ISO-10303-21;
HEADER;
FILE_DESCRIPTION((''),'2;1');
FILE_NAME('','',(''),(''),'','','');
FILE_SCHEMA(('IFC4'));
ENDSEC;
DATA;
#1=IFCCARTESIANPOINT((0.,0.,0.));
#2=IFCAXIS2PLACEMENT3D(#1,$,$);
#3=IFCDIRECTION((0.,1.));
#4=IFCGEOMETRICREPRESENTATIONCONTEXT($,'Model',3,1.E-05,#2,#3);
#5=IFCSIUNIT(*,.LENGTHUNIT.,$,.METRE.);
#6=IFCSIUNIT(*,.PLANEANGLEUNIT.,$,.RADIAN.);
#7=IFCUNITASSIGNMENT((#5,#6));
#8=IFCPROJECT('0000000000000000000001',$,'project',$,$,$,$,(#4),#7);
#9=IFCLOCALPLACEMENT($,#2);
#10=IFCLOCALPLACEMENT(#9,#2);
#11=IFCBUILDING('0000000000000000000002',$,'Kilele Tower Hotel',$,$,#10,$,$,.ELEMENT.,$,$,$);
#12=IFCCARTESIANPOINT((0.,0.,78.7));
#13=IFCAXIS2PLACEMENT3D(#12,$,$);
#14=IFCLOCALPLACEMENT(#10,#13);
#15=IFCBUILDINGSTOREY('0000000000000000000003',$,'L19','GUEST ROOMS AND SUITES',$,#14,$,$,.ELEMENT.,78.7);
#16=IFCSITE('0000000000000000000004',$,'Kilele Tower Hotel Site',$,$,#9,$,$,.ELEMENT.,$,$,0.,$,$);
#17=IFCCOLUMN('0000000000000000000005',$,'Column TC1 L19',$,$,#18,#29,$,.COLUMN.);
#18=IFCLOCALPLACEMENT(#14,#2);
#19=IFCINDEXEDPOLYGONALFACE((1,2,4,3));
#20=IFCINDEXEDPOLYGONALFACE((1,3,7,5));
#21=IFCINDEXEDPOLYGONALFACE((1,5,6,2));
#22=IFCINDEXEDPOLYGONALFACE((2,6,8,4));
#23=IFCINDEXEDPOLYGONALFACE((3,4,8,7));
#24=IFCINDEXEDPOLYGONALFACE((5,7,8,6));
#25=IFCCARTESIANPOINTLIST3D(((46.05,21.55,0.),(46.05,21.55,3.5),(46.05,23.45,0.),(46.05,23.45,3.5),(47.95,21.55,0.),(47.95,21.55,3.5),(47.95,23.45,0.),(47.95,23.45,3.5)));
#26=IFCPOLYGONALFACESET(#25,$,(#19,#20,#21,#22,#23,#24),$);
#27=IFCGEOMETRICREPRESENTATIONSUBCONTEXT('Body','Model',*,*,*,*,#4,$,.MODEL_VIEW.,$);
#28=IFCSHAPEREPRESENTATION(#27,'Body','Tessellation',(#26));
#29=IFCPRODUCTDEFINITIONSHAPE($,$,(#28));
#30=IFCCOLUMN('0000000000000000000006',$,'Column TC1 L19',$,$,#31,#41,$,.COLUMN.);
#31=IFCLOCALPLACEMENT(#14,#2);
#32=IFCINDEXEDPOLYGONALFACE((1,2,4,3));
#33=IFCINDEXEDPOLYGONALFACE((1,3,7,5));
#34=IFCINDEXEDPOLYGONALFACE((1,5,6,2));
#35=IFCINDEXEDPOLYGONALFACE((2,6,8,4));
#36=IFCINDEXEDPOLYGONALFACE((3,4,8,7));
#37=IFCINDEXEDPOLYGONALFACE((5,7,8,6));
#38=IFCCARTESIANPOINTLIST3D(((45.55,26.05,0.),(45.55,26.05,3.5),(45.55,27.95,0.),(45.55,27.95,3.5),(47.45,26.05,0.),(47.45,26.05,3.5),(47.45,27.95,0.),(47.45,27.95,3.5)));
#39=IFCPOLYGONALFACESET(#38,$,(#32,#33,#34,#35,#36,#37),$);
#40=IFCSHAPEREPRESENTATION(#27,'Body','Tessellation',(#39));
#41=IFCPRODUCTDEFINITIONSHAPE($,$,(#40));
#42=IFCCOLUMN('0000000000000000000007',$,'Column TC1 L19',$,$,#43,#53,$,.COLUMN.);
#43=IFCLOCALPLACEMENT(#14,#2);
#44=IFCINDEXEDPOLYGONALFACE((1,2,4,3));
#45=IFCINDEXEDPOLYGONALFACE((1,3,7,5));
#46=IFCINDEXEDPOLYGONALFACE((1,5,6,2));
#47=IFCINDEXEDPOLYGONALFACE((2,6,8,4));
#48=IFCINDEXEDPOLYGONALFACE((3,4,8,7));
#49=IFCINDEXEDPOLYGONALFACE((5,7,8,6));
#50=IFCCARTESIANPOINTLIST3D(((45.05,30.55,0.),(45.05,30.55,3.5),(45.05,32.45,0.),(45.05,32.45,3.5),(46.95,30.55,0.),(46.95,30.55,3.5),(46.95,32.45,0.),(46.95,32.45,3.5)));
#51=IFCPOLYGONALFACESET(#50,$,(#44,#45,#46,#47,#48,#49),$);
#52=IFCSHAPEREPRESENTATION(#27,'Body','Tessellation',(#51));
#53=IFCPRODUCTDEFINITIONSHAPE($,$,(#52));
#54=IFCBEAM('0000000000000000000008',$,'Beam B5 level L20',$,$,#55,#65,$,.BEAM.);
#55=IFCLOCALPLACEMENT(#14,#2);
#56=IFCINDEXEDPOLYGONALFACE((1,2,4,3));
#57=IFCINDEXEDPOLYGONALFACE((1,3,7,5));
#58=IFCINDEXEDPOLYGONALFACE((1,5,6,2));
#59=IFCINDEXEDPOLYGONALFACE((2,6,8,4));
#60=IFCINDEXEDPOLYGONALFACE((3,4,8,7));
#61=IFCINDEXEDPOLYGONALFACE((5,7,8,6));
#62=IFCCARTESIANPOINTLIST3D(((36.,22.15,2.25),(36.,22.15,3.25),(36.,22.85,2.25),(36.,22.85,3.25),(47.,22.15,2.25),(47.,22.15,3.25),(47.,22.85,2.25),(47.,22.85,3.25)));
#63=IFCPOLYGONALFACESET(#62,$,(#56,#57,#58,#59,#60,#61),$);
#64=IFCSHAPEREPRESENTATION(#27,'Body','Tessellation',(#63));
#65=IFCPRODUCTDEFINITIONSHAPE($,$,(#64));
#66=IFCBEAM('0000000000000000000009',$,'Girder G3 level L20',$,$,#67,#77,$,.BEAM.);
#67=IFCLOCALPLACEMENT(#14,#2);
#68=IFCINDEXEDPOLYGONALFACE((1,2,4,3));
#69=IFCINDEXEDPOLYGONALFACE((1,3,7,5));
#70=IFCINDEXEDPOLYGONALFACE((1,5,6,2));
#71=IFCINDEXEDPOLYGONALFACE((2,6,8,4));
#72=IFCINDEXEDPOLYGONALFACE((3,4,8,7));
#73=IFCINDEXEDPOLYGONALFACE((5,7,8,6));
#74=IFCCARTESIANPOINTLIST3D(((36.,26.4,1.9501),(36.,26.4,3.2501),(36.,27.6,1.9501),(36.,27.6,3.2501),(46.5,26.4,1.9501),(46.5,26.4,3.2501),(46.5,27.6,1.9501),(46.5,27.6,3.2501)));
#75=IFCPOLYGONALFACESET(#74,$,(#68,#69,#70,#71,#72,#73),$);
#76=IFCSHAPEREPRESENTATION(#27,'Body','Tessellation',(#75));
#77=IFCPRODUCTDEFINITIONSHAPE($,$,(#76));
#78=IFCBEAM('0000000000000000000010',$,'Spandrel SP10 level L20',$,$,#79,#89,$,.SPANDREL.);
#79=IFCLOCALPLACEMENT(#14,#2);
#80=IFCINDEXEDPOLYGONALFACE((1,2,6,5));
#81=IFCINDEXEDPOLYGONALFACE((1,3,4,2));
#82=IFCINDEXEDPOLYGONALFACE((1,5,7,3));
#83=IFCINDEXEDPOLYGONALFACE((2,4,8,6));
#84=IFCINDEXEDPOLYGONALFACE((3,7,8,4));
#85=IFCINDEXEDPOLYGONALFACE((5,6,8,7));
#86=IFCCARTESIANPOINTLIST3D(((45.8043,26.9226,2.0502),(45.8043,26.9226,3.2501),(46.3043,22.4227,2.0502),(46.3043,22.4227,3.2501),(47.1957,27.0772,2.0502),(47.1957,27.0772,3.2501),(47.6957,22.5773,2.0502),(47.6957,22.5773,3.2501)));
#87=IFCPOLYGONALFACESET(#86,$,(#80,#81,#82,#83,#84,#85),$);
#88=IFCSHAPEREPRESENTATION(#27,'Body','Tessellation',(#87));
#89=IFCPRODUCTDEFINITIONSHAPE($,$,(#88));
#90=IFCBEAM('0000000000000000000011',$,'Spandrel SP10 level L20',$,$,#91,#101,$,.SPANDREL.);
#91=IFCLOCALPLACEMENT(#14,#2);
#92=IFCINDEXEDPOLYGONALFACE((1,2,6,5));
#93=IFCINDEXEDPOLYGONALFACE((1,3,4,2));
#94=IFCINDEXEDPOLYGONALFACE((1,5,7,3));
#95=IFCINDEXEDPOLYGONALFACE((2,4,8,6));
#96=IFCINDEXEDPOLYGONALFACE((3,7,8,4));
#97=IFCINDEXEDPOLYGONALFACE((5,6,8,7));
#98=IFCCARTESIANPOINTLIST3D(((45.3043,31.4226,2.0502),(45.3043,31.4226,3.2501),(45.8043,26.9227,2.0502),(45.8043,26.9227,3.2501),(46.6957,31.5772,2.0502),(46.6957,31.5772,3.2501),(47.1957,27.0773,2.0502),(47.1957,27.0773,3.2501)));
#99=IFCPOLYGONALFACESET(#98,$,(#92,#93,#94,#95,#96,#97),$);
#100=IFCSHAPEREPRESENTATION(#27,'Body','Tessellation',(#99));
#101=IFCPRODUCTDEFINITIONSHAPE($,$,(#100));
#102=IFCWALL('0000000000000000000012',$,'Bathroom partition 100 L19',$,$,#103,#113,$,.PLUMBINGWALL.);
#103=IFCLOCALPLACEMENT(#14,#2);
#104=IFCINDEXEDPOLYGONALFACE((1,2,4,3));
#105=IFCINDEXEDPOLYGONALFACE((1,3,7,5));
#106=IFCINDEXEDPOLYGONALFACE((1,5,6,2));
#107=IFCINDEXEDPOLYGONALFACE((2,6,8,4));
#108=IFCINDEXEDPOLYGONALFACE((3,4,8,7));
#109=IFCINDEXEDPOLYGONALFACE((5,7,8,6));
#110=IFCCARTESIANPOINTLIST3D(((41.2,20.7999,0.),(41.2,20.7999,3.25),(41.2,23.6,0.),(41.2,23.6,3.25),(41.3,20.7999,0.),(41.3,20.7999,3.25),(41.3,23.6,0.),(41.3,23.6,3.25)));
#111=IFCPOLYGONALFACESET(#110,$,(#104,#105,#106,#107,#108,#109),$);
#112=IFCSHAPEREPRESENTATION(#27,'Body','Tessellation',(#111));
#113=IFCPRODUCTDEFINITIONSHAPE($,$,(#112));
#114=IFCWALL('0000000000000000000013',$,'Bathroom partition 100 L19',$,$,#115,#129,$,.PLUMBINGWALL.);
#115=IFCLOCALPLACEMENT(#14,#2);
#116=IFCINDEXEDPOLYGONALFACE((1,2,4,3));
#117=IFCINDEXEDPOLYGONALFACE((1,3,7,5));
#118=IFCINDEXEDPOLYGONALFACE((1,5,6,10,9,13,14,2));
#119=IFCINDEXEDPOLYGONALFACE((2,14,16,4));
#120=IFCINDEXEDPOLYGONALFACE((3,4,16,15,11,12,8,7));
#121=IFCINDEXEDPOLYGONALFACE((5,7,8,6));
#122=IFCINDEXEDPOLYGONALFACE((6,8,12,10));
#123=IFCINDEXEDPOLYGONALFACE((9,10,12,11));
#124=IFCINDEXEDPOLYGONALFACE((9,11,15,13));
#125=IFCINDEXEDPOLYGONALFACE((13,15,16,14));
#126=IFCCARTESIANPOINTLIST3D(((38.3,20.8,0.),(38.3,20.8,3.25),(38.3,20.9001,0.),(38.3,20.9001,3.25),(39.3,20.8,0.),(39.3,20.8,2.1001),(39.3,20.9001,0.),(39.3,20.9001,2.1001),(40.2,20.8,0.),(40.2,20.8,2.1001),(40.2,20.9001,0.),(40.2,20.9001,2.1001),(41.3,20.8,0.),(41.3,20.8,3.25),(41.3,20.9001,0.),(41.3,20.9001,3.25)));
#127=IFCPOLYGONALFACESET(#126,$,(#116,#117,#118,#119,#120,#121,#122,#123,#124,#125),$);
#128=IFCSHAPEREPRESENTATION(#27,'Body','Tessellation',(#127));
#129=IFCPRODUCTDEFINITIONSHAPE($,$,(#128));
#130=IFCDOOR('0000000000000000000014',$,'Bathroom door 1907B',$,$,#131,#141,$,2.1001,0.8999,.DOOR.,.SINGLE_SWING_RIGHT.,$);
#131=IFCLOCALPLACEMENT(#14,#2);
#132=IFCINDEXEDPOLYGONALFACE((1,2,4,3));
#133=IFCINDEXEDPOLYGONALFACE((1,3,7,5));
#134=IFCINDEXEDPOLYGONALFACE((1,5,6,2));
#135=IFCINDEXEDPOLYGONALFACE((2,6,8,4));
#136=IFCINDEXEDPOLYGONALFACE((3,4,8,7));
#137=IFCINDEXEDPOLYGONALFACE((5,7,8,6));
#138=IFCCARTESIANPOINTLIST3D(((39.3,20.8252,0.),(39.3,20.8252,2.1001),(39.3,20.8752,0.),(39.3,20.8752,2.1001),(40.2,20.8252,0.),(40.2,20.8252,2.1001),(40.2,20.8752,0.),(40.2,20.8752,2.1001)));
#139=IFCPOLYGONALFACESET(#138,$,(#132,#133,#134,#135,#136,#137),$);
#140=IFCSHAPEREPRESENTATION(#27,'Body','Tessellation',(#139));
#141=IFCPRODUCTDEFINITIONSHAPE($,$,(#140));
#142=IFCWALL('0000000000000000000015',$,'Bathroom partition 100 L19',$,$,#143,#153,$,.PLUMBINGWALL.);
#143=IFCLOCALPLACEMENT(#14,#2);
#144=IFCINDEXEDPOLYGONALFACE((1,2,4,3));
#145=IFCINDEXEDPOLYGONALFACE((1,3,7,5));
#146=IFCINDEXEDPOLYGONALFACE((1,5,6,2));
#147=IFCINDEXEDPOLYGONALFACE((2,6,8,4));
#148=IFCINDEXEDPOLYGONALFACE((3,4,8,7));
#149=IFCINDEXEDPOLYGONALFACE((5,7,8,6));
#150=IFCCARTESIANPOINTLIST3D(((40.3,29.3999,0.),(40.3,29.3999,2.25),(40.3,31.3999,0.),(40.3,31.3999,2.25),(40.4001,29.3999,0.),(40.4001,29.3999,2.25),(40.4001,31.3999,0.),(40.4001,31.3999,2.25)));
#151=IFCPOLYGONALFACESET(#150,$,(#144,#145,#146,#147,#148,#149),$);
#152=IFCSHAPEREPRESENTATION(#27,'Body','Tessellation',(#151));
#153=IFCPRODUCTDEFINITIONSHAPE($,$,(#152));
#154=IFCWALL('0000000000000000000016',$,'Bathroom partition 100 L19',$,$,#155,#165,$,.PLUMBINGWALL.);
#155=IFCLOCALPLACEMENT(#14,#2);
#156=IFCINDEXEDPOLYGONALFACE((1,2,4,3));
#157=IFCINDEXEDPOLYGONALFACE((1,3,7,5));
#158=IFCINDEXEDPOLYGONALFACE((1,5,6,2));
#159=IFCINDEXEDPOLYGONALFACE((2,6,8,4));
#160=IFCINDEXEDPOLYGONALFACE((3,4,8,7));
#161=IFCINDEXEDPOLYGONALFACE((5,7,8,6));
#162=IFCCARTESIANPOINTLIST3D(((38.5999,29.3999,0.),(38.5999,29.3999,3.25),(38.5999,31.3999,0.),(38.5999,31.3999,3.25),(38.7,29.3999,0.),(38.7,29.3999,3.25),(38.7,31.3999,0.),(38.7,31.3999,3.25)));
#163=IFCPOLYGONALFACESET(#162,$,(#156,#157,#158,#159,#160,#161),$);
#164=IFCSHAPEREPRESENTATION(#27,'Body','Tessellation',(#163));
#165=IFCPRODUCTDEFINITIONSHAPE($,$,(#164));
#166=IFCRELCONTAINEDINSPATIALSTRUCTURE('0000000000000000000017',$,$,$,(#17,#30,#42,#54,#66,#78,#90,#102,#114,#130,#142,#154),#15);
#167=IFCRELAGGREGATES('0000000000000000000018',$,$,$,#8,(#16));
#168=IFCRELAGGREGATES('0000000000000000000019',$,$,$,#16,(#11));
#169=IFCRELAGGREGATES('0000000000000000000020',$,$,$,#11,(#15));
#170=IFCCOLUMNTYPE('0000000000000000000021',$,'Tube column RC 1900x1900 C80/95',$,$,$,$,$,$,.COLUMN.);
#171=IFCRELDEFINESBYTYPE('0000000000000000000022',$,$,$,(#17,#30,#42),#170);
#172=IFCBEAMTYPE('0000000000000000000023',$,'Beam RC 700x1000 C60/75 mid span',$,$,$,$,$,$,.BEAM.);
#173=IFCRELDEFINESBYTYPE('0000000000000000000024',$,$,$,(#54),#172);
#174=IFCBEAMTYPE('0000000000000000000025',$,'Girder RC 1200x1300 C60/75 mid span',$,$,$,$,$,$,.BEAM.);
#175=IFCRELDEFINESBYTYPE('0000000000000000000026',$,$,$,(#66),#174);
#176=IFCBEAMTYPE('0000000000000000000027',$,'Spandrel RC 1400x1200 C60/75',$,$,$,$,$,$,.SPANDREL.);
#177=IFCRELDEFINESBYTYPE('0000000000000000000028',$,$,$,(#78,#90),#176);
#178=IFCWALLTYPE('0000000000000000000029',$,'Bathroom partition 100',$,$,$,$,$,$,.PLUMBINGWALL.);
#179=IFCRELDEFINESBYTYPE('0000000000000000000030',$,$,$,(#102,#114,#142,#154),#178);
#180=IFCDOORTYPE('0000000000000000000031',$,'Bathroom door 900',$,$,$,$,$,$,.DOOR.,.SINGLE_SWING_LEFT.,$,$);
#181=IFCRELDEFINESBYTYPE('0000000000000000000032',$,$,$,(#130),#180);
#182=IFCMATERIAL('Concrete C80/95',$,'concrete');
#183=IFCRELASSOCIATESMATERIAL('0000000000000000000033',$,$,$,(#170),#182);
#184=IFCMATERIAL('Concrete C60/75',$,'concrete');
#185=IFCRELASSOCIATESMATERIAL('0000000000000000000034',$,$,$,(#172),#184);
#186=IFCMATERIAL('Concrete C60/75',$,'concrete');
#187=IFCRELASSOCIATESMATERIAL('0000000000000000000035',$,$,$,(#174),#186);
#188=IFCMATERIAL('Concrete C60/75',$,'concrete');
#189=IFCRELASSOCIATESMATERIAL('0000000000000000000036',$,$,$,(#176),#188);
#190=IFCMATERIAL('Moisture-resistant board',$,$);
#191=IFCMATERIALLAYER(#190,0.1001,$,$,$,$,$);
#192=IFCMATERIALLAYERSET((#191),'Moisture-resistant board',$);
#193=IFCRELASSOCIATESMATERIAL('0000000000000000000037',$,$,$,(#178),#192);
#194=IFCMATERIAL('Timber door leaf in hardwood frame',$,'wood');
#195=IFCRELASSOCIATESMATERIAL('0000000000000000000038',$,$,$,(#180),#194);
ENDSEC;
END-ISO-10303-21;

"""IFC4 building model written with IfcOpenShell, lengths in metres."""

from ifc_helpers import new_model, si_unit, direction, frame, frame_2d, origin, origin_2d, place, context, subcontext, project, spatial, rectangle, extrude, material, layer, layer_set, material_profile, profile_set, type_object, element, fill, save


model = new_model("IFC4")

# Units and contexts
model_context = context("Model", 3, precision=1e-05, world=origin(), true_north=direction((0.0, 1.0)))
body_context = subcontext(model_context, "Body", "Model", "MODEL_VIEW")
ifc_project = project(units=[si_unit("LENGTHUNIT", "METRE"), si_unit("PLANEANGLEUNIT", "RADIAN")], contexts=[model_context])

# Site, building, storey
site_placement = place(None, origin())
site = spatial("IfcSite", under=ifc_project, at=site_placement, Name="Kilele Tower Hotel Site", CompositionType="ELEMENT", RefElevation=0.0)
building_placement = place(site_placement, origin())
building = spatial("IfcBuilding", under=site, at=building_placement, Name="Kilele Tower Hotel", CompositionType="ELEMENT")
storey_placement = place(building_placement, frame((0.0, 0.0, 78.7)))
storey = spatial("IfcBuildingStorey", under=building, at=storey_placement, Name="L19", Description="GUEST ROOMS AND SUITES", CompositionType="ELEMENT", Elevation=78.7)

# Columns
ifc_material_1 = material(Name="Concrete C80/95", Category="concrete")
ifc_material_profile_1 = material_profile(ifc_material_1, rectangle(XDim=1.8999, YDim=1.8999, at=origin_2d()))
ifc_profile_set_1 = profile_set([ifc_material_profile_1], Name="Concrete C80/95")
column_type = type_object("IfcColumnType", Name="Tube column RC 1900x1900 C80/95", PredefinedType="COLUMN", material=ifc_profile_set_1)
for number, where, z_axis, x_axis, name in (
    (1, (47.0, 22.5, 0.0), (0.0, 0.0, 1.0), (1.0, 0.0, 0.0), "Column TC1 L19"),
    (2, (46.5, 27.0, 0.0), (0.0, 0.0, 1.0), (1.0, 0.0, 0.0), "Column TC1 L19"),
    (3, (46.0, 31.5, 0.0), (0.0, 0.0, 1.0), (1.0, 0.0, 0.0), "Column TC1 L19"),
):
    element("IfcColumn", number, at=place(storey_placement, frame(where, z_axis=z_axis, x_axis=x_axis)), inside=storey, type_object=column_type, Name=name, PredefinedType="COLUMN", context=body_context, shape_type="SweptSolid", body=[
        extrude(rectangle(XDim=1.8999, YDim=1.8999, at=origin_2d()), origin(), (0.0, 0.0, 1.0), 3.5),
    ])

# Beams
ifc_material_2 = material(Name="Concrete C60/75", Category="concrete")
ifc_material_profile_2 = material_profile(ifc_material_2, rectangle(XDim=0.7, YDim=1.0, at=origin_2d()))
ifc_profile_set_2 = profile_set([ifc_material_profile_2], Name="Concrete C60/75")
beam_type_1 = type_object("IfcBeamType", Name="Beam RC 700x1000 C60/75 mid span", PredefinedType="BEAM", material=ifc_profile_set_2)
beam_1_placement = place(storey_placement, frame((47.0, 22.5, 2.75), z_axis=(-1.0, 0.0, 0.0), x_axis=(0.0, -1.0, 0.0)))
element("IfcBeam", 4, at=beam_1_placement, inside=storey, type_object=beam_type_1, Name="Beam B5 level L20", PredefinedType="BEAM", context=body_context, shape_type="SweptSolid", body=[
    extrude(rectangle(XDim=0.7, YDim=1.0, at=origin_2d()), origin(), (0.0, 0.0, 1.0), 11.0),
])
ifc_material_3 = material(Name="Concrete C60/75", Category="concrete")
ifc_material_profile_3 = material_profile(ifc_material_3, rectangle(XDim=1.2, YDim=1.3, at=origin_2d()))
ifc_profile_set_3 = profile_set([ifc_material_profile_3], Name="Concrete C60/75")
beam_type_2 = type_object("IfcBeamType", Name="Girder RC 1200x1300 C60/75 mid span", PredefinedType="BEAM", material=ifc_profile_set_3)
beam_2_placement = place(storey_placement, frame((46.5, 27.0, 2.6001), z_axis=(-1.0, 0.0, 0.0), x_axis=(0.0, -1.0, 0.0)))
element("IfcBeam", 5, at=beam_2_placement, inside=storey, type_object=beam_type_2, Name="Girder G3 level L20", PredefinedType="BEAM", context=body_context, shape_type="SweptSolid", body=[
    extrude(rectangle(XDim=1.2, YDim=1.3, at=origin_2d()), origin(), (0.0, 0.0, 1.0), 10.5),
])
ifc_material_4 = material(Name="Concrete C60/75", Category="concrete")
ifc_material_profile_4 = material_profile(ifc_material_4, rectangle(XDim=1.3999, YDim=1.2, at=origin_2d()))
ifc_profile_set_4 = profile_set([ifc_material_profile_4], Name="Concrete C60/75")
beam_type_3 = type_object("IfcBeamType", Name="Spandrel RC 1400x1200 C60/75", PredefinedType="SPANDREL", material=ifc_profile_set_4)
for number, where, z_axis, x_axis, name in (
    (6, (47.0, 22.5, 2.6501), (-0.110432, 0.993884, 0.0), (-0.993884, -0.110432, 0.0), "Spandrel SP10 level L20"),
    (7, (46.5, 27.0, 2.6501), (-0.110432, 0.993884, 0.0), (-0.993884, -0.110432, 0.0), "Spandrel SP10 level L20"),
):
    element("IfcBeam", number, at=place(storey_placement, frame(where, z_axis=z_axis, x_axis=x_axis)), inside=storey, type_object=beam_type_3, Name=name, PredefinedType="SPANDREL", context=body_context, shape_type="SweptSolid", body=[
        extrude(rectangle(XDim=1.3999, YDim=1.2, at=origin_2d()), origin(), (0.0, 0.0, 1.0), 4.5276),
    ])

# Wall
ifc_material_5 = material(Name="Moisture-resistant board")
ifc_layer_1 = layer(ifc_material_5, 0.1001)
ifc_layer_set_1 = layer_set([ifc_layer_1], Name="Moisture-resistant board")
wall_type_1 = type_object("IfcWallType", Name="Bathroom partition 100", PredefinedType="PLUMBINGWALL", material=ifc_layer_set_1)
wall_1_placement = place(storey_placement, frame((41.25, 20.8, 0.0), z_axis=(0.0, 0.0, 1.0), x_axis=(0.0, 1.0, 0.0)))
element("IfcWall", 8, at=wall_1_placement, inside=storey, type_object=wall_type_1, Name="Bathroom partition 100 L19", PredefinedType="PLUMBINGWALL", context=body_context, shape_type="SweptSolid", body=[
    extrude(rectangle(XDim=2.8, YDim=0.1001, at=frame_2d((1.3999, 0.0))), origin(), (0.0, 0.0, 1.0), 3.25),
])

# Wall, opening, door
wall_2_placement = place(storey_placement, frame((38.3, 20.8501, 0.0), z_axis=(0.0, 0.0, 1.0), x_axis=(1.0, 0.0, 0.0)))
wall_2 = element("IfcWall", 9, at=wall_2_placement, inside=storey, type_object=wall_type_1, Name="Bathroom partition 100 L19", PredefinedType="PLUMBINGWALL", context=body_context, shape_type="SweptSolid", body=[
    extrude(rectangle(XDim=3.0, YDim=0.1001, at=frame_2d((1.5, 0.0))), origin(), (0.0, 0.0, 1.0), 3.25),
])
opening_1_placement = place(wall_2_placement, frame((1.8999, 0.0, 0.0), z_axis=(0.0, 0.0, 1.0), x_axis=(-1.0, 0.0, 0.0)))
opening_1 = element("IfcOpeningElement", 10, at=opening_1_placement, cuts=wall_2, PredefinedType="OPENING", context=body_context, shape_type="SweptSolid", body=[
    extrude(rectangle(XDim=0.8999, YDim=2.1001, at=frame_2d((0.45, 1.05))), frame((0.0, 0.0601, 0.0), z_axis=(0.0, -1.0, 0.0), x_axis=(1.0, 0.0, 0.0)), (0.0, 0.0, 1.0), 0.1201),
])
ifc_material_6 = material(Name="Timber door leaf in hardwood frame", Category="wood")
door_type_1 = type_object("IfcDoorType", Name="Bathroom door 900", OperationType="SINGLE_SWING_LEFT", PredefinedType="DOOR", material=ifc_material_6)
door_1_placement = place(opening_1_placement, origin())
door_1 = element("IfcDoor", 11, at=door_1_placement, inside=storey, type_object=door_type_1, Name="Bathroom door 1907B", OperationType="SINGLE_SWING_RIGHT", OverallHeight=2.1001, OverallWidth=0.8999, PredefinedType="DOOR", context=body_context, shape_type="SweptSolid", body=[
    extrude(rectangle(XDim=0.8999, YDim=2.1001, at=frame_2d((0.45, 1.05))), frame((0.0, 0.0249, 0.0), z_axis=(0.0, -1.0, 0.0), x_axis=(1.0, 0.0, 0.0)), (0.0, 0.0, 1.0), 0.05),
])
fill(opening_1, door_1)

# Walls
wall_3_placement = place(storey_placement, frame((40.3501, 31.3999, 0.0), z_axis=(0.0, 0.0, 1.0), x_axis=(0.0, -1.0, 0.0)))
element("IfcWall", 12, at=wall_3_placement, inside=storey, type_object=wall_type_1, Name="Bathroom partition 100 L19", PredefinedType="PLUMBINGWALL", context=body_context, shape_type="SweptSolid", body=[
    extrude(rectangle(XDim=2.0, YDim=0.1001, at=frame_2d((1.0, 0.0))), origin(), (0.0, 0.0, 1.0), 2.25),
])
wall_4_placement = place(storey_placement, frame((38.6499, 31.3999, 0.0), z_axis=(0.0, 0.0, 1.0), x_axis=(0.0, -1.0, 0.0)))
element("IfcWall", 13, at=wall_4_placement, inside=storey, type_object=wall_type_1, Name="Bathroom partition 100 L19", PredefinedType="PLUMBINGWALL", context=body_context, shape_type="SweptSolid", body=[
    extrude(rectangle(XDim=2.0, YDim=0.1001, at=frame_2d((1.0, 0.0))), origin(), (0.0, 0.0, 1.0), 3.25),
])

save(model, "model.ifc")
